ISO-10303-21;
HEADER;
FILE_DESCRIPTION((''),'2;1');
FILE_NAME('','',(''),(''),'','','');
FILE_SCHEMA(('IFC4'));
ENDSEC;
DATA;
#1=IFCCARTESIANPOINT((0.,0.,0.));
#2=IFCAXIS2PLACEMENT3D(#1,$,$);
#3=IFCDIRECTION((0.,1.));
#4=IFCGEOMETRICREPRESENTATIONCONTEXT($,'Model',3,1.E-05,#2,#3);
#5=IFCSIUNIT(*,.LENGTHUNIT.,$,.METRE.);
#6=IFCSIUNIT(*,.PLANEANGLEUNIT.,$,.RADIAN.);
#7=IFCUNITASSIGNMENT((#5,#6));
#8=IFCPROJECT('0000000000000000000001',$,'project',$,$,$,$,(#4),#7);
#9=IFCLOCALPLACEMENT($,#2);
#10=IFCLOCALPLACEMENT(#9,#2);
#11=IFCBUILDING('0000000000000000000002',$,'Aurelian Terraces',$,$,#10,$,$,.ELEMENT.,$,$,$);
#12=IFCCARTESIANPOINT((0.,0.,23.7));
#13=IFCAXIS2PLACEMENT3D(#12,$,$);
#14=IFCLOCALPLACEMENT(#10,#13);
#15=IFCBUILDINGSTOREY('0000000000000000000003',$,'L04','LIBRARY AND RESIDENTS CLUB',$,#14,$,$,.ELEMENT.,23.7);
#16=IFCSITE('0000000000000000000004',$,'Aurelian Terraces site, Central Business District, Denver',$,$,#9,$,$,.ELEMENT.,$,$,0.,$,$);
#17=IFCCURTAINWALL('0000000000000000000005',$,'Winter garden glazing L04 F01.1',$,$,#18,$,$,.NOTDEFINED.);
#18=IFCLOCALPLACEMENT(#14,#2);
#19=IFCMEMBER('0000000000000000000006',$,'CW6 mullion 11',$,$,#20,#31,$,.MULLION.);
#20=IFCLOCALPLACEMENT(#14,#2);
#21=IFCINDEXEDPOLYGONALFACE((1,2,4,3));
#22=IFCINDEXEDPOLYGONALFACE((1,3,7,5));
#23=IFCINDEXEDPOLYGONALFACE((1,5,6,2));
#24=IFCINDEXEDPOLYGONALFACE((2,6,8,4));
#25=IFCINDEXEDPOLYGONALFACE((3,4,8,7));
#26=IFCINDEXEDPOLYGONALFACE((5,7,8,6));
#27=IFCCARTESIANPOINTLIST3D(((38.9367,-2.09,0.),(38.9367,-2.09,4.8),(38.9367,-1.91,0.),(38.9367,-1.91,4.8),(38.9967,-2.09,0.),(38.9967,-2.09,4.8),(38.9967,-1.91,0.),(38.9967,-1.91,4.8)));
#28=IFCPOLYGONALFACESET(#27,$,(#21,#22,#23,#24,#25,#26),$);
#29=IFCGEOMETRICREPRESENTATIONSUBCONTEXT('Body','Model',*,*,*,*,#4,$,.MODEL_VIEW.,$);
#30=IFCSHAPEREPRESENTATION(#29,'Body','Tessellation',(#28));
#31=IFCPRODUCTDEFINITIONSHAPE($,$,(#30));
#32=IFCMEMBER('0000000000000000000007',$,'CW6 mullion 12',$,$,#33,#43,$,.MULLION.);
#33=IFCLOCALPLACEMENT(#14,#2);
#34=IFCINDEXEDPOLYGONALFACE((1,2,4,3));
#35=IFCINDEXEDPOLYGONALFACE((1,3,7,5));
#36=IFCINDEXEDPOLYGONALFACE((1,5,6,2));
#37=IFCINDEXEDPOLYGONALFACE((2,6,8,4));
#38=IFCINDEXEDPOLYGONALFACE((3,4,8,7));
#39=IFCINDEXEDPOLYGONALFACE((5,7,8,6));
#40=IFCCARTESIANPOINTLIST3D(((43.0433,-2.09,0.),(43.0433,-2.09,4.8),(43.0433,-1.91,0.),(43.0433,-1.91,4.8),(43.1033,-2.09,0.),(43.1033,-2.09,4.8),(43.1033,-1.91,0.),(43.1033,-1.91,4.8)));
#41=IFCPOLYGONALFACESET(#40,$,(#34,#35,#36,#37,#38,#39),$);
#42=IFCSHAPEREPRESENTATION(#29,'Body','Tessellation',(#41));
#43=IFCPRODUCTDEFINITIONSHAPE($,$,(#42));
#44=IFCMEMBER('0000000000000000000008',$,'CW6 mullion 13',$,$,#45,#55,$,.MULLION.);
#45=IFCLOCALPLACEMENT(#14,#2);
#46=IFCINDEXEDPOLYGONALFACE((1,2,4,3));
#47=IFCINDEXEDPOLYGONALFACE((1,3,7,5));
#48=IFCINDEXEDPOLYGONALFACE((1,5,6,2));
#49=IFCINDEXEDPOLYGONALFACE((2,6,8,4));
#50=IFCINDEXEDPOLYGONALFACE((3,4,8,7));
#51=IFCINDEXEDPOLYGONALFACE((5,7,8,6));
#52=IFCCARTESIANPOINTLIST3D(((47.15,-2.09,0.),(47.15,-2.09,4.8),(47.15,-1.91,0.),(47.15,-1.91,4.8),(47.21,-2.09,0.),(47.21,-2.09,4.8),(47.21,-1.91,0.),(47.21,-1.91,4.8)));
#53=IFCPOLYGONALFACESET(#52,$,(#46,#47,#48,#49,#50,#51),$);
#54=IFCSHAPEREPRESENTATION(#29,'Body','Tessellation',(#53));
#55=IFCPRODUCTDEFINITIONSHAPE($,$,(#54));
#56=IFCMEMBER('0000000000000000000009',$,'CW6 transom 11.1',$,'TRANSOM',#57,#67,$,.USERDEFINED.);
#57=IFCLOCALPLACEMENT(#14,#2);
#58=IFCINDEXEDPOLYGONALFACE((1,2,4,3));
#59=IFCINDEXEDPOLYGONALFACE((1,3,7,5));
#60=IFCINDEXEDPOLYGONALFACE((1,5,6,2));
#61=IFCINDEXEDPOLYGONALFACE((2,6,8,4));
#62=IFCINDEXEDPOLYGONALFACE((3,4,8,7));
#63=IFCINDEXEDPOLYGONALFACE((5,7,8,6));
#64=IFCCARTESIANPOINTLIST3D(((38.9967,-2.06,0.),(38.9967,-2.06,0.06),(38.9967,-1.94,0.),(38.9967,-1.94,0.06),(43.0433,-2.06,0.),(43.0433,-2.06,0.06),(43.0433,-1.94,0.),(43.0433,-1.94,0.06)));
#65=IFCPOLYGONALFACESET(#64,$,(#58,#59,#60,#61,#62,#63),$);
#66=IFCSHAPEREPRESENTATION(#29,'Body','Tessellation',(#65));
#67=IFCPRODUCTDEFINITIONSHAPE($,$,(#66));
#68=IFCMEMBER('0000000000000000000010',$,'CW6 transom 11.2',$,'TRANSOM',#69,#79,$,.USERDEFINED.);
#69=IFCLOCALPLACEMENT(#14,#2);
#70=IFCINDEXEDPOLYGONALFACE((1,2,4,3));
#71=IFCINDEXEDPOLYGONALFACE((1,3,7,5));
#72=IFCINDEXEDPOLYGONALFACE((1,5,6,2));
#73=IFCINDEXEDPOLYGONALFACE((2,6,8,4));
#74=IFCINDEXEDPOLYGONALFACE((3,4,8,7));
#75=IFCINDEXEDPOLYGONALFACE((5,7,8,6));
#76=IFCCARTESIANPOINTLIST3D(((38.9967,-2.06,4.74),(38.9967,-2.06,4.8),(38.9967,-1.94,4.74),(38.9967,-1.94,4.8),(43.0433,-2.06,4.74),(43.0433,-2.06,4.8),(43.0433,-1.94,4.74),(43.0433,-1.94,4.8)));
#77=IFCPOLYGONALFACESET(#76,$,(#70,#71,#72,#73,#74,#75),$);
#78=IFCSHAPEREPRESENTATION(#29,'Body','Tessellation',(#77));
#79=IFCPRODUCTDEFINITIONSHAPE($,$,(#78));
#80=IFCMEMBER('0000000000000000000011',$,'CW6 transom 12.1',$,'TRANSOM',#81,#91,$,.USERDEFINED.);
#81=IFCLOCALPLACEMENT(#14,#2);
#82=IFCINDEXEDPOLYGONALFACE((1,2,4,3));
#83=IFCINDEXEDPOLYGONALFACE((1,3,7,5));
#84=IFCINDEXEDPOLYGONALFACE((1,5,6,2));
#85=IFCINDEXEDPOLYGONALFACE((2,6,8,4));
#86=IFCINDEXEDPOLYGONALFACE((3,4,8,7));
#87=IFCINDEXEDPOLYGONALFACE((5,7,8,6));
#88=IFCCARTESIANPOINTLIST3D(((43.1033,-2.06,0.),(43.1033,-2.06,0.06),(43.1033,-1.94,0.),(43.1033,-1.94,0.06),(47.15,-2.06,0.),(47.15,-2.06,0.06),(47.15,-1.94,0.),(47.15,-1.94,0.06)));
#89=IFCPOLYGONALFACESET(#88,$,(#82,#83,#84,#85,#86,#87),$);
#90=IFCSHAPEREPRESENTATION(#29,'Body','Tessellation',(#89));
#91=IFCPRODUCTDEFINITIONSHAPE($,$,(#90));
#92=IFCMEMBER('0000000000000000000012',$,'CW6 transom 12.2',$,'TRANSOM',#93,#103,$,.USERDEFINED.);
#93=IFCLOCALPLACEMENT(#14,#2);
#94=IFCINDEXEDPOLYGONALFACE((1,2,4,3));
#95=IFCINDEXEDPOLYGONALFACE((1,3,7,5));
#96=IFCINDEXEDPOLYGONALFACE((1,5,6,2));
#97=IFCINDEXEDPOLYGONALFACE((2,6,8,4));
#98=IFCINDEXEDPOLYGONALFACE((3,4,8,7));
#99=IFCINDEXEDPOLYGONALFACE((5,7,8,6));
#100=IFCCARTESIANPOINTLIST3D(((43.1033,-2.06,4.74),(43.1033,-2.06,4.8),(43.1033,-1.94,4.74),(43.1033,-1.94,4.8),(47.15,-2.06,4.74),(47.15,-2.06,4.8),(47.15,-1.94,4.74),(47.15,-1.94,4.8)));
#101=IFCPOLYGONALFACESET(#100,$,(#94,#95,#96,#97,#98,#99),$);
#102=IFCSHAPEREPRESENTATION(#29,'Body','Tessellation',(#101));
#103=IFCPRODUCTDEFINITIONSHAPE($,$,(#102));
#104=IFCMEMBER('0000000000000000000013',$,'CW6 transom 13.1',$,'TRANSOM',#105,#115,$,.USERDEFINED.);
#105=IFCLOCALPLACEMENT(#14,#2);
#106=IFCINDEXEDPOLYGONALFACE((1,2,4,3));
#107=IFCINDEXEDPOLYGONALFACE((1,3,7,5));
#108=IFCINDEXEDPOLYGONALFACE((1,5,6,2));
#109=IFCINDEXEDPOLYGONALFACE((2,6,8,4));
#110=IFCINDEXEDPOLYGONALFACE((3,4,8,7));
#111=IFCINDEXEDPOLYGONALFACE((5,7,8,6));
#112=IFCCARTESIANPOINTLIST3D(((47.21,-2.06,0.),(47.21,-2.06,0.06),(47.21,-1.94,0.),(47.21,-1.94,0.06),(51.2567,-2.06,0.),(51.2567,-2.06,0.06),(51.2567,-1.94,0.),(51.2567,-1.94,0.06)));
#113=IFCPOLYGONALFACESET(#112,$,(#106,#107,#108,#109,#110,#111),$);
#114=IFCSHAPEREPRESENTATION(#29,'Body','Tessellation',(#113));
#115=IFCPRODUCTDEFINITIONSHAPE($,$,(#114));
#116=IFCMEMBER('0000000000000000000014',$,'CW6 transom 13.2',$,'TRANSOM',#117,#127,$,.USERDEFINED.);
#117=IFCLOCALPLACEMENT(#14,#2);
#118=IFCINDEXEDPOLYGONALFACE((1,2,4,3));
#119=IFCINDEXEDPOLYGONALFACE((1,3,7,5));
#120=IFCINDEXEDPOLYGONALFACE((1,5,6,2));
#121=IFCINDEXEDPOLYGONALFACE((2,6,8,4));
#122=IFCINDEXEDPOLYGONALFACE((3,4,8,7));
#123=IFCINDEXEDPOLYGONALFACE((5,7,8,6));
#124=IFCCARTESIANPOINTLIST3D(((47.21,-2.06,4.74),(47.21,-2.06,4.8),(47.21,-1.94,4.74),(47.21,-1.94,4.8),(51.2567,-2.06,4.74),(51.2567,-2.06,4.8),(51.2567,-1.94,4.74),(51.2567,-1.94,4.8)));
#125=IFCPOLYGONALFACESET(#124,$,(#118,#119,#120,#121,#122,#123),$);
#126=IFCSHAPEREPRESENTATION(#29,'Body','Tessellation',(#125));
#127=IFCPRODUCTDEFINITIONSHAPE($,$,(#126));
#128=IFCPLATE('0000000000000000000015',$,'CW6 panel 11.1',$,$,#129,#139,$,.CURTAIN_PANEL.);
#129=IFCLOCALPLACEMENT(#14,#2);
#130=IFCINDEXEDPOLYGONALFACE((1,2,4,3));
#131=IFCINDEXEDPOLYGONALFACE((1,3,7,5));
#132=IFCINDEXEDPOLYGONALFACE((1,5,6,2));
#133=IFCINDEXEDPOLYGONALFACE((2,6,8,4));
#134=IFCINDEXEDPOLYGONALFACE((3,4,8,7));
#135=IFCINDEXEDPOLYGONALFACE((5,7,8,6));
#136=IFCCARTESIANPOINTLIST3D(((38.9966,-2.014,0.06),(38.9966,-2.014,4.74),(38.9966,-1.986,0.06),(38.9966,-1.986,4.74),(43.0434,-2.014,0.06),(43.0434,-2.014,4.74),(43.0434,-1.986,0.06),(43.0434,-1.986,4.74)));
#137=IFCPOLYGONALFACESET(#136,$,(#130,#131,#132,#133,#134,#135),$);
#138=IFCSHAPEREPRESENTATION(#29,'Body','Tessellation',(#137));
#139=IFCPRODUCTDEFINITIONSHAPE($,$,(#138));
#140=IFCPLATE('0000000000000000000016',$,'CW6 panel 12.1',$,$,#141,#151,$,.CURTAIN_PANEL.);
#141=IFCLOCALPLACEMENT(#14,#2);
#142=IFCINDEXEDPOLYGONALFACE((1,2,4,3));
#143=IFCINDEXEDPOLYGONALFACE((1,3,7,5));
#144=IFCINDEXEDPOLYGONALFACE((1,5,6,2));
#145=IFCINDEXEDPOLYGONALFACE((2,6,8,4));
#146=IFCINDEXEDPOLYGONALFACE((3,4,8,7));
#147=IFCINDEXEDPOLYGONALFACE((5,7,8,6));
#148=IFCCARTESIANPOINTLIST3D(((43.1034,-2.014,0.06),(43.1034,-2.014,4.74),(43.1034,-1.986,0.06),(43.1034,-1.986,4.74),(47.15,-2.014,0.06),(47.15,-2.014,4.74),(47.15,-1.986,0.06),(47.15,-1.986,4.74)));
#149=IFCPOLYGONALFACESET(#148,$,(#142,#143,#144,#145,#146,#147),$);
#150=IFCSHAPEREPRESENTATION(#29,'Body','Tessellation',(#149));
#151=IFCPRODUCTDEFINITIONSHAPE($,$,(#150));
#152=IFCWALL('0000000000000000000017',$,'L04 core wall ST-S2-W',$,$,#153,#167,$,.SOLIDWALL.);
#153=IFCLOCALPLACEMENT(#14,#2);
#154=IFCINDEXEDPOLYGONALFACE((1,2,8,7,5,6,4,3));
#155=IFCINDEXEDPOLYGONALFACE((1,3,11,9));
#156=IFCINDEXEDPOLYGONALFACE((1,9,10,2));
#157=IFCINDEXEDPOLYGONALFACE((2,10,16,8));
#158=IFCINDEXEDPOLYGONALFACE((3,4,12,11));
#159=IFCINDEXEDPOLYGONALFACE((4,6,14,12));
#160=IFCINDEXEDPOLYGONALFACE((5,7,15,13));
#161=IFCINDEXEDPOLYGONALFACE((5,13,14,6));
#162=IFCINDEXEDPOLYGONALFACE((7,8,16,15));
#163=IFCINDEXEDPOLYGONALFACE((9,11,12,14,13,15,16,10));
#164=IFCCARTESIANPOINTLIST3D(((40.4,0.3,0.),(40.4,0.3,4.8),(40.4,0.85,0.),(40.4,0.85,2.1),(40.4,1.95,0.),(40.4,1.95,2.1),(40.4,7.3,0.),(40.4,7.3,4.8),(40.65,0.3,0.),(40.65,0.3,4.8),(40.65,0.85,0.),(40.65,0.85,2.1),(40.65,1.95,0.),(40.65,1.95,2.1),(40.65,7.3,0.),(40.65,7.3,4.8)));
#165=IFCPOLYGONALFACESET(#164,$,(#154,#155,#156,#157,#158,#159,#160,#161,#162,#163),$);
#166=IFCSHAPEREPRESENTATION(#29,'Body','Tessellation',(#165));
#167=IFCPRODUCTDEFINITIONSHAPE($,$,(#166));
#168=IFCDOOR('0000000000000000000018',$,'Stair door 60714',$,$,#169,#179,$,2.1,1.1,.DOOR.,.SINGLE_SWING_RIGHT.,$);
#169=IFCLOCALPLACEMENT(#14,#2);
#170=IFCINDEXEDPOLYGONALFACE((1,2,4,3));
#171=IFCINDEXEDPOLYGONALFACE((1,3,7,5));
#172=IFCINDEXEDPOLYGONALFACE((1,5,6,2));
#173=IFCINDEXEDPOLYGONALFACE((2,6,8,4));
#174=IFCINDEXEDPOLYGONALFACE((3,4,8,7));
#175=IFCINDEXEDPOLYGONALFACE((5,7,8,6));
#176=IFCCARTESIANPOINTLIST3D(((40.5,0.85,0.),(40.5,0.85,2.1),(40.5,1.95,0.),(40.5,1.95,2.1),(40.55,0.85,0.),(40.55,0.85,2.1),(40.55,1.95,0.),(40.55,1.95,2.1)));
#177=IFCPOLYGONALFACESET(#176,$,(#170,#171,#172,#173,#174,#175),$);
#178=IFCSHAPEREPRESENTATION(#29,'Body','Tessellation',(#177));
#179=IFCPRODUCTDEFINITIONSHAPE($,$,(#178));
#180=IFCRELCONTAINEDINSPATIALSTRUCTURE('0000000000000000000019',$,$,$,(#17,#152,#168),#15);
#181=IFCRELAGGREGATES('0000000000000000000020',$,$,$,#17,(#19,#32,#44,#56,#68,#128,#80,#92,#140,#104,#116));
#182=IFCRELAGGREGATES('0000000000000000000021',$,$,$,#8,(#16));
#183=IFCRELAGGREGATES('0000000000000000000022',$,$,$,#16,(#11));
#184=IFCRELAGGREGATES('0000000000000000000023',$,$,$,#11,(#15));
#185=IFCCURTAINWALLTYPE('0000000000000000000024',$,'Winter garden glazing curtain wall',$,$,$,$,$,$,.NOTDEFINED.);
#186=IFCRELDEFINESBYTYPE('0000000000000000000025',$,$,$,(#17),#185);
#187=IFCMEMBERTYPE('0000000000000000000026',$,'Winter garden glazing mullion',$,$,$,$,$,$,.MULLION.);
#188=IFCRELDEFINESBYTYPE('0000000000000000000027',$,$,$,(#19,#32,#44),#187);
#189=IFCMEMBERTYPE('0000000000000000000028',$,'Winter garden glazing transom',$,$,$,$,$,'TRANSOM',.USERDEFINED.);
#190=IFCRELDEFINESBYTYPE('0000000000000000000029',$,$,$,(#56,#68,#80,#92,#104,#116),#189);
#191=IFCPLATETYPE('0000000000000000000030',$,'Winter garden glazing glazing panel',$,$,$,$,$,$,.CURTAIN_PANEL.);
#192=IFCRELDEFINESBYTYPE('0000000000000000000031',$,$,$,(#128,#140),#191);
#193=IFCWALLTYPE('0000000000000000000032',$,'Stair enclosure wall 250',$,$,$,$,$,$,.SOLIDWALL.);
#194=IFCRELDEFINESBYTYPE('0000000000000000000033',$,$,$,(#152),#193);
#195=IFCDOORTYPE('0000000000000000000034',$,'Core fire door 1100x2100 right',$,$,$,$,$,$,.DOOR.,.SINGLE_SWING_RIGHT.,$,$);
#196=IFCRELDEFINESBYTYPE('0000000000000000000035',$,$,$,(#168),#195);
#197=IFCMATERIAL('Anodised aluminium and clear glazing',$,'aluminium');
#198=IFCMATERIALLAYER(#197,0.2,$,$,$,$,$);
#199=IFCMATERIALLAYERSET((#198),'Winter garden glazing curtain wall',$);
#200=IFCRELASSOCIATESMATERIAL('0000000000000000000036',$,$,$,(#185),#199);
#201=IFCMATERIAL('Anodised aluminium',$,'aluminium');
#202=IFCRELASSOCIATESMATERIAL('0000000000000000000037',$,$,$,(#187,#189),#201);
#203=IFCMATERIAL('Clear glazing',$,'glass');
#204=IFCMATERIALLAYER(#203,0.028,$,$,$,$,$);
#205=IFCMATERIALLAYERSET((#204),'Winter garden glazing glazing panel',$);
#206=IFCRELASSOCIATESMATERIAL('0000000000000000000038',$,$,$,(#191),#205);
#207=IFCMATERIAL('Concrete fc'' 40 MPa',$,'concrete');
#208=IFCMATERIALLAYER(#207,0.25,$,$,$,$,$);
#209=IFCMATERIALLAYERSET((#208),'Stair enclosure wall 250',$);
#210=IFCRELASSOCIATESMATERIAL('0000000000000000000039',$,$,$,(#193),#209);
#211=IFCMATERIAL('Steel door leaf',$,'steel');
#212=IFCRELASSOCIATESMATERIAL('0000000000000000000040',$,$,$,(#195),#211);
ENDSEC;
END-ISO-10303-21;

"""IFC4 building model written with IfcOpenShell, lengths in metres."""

from ifc_helpers import new_model, si_unit, direction, frame, frame_2d, origin, origin_2d, place, context, subcontext, project, spatial, rectangle, extrude, source, transform, mapped, material, layer, layer_set, material_profile, profile_set, type_object, element, fill, aggregate, save


model = new_model("IFC4")

# Units and contexts
model_context = context("Model", 3, precision=1e-05, world=origin(), true_north=direction((0.0, 1.0)))
body_context = subcontext(model_context, "Body", "Model", "MODEL_VIEW")
ifc_project = project(units=[si_unit("LENGTHUNIT", "METRE"), si_unit("PLANEANGLEUNIT", "RADIAN")], contexts=[model_context])

# Site, building, storey
site_placement = place(None, origin())
site = spatial("IfcSite", under=ifc_project, at=site_placement, Name="Aurelian Terraces site, Central Business District, Denver", CompositionType="ELEMENT", RefElevation=0.0)
building_placement = place(site_placement, origin())
building = spatial("IfcBuilding", under=site, at=building_placement, Name="Aurelian Terraces", CompositionType="ELEMENT")
storey_placement = place(building_placement, frame((0.0, 0.0, 23.7)))
storey = spatial("IfcBuildingStorey", under=building, at=storey_placement, Name="L04", Description="LIBRARY AND RESIDENTS CLUB", CompositionType="ELEMENT", Elevation=23.7)

# Curtain wall, members, plates
ifc_material_1 = material(Name="Anodised aluminium and clear glazing", Category="aluminium")
ifc_layer_1 = layer(ifc_material_1, 0.2)
ifc_layer_set_1 = layer_set([ifc_layer_1], Name="Winter garden glazing curtain wall")
curtain_wall_type = type_object("IfcCurtainWallType", Name="Winter garden glazing curtain wall", PredefinedType="NOTDEFINED", material=ifc_layer_set_1)
curtain_wall_placement = place(storey_placement, origin())
curtain_wall = element("IfcCurtainWall", 1, at=curtain_wall_placement, inside=storey, type_object=curtain_wall_type, Name="Winter garden glazing L04 F01.1", PredefinedType="NOTDEFINED")
ifc_material_2 = material(Name="Anodised aluminium", Category="aluminium")
ifc_material_profile_1 = material_profile(ifc_material_2, rectangle(XDim=0.18, YDim=0.06, at=origin_2d()))
ifc_profile_set_1 = profile_set([ifc_material_profile_1], Name="Anodised aluminium")
member_type_1 = type_object("IfcMemberType", Name="Winter garden glazing mullion", PredefinedType="MULLION", material=ifc_profile_set_1)
shared_shape_1 = source(origin(), body_context, "Body", "SweptSolid", [
    extrude(rectangle(XDim=0.18, YDim=0.06, at=origin_2d()), origin(), (0.0, 0.0, 1.0), 4.8),
])
member_1_placement = place(storey_placement, frame((38.9667, -2.0, 0.0), z_axis=(0.0, 0.0, 1.0), x_axis=(0.0, 1.0, 0.0)))
member_1 = element("IfcMember", 2, at=member_1_placement, type_object=member_type_1, Name="CW6 mullion 11", PredefinedType="MULLION", context=body_context, shape_type="MappedRepresentation", body=[
    mapped(shared_shape_1, transform((0.0, 0.0, 0.0), scale=1.0)),
])
member_2_placement = place(storey_placement, frame((43.0733, -2.0, 0.0), z_axis=(0.0, 0.0, 1.0), x_axis=(0.0, 1.0, 0.0)))
member_2 = element("IfcMember", 3, at=member_2_placement, type_object=member_type_1, Name="CW6 mullion 12", PredefinedType="MULLION", context=body_context, shape_type="MappedRepresentation", body=[
    mapped(shared_shape_1, transform((0.0, 0.0, 0.0), scale=1.0)),
])
member_3_placement = place(storey_placement, frame((47.18, -2.0, 0.0), z_axis=(0.0, 0.0, 1.0), x_axis=(0.0, 1.0, 0.0)))
member_3 = element("IfcMember", 4, at=member_3_placement, type_object=member_type_1, Name="CW6 mullion 13", PredefinedType="MULLION", context=body_context, shape_type="MappedRepresentation", body=[
    mapped(shared_shape_1, transform((0.0, 0.0, 0.0), scale=1.0)),
])
ifc_material_profile_2 = material_profile(ifc_material_2, rectangle(XDim=0.12, YDim=0.06, at=origin_2d()))
ifc_profile_set_2 = profile_set([ifc_material_profile_2], Name="Anodised aluminium")
member_type_2 = type_object("IfcMemberType", Name="Winter garden glazing transom", ElementType="TRANSOM", PredefinedType="USERDEFINED", material=ifc_profile_set_2)
shared_shape_2 = source(origin(), body_context, "Body", "SweptSolid", [
    extrude(rectangle(XDim=0.12, YDim=0.06, at=origin_2d()), origin(), (0.0, 0.0, 1.0), 4.0466),
])
member_4_placement = place(storey_placement, frame((38.9967, -2.0, 0.03), z_axis=(1.0, 0.0, 0.0), x_axis=(0.0, 1.0, 0.0)))
member_4 = element("IfcMember", 5, at=member_4_placement, type_object=member_type_2, Name="CW6 transom 11.1", ObjectType="TRANSOM", PredefinedType="USERDEFINED", context=body_context, shape_type="MappedRepresentation", body=[
    mapped(shared_shape_2, transform((0.0, 0.0, 0.0), scale=1.0)),
])
member_5_placement = place(storey_placement, frame((38.9967, -2.0, 4.77), z_axis=(1.0, 0.0, 0.0), x_axis=(0.0, 1.0, 0.0)))
member_5 = element("IfcMember", 6, at=member_5_placement, type_object=member_type_2, Name="CW6 transom 11.2", ObjectType="TRANSOM", PredefinedType="USERDEFINED", context=body_context, shape_type="MappedRepresentation", body=[
    mapped(shared_shape_2, transform((0.0, 0.0, 0.0), scale=1.0)),
])
shared_shape_3 = source(origin(), body_context, "Body", "SweptSolid", [
    extrude(rectangle(XDim=0.12, YDim=0.06, at=origin_2d()), origin(), (0.0, 0.0, 1.0), 4.0467),
])
member_6_placement = place(storey_placement, frame((43.1033, -2.0, 0.03), z_axis=(1.0, 0.0, 0.0), x_axis=(0.0, 1.0, 0.0)))
member_6 = element("IfcMember", 7, at=member_6_placement, type_object=member_type_2, Name="CW6 transom 12.1", ObjectType="TRANSOM", PredefinedType="USERDEFINED", context=body_context, shape_type="MappedRepresentation", body=[
    mapped(shared_shape_3, transform((0.0, 0.0, 0.0), scale=1.0)),
])
member_7_placement = place(storey_placement, frame((43.1033, -2.0, 4.77), z_axis=(1.0, 0.0, 0.0), x_axis=(0.0, 1.0, 0.0)))
member_7 = element("IfcMember", 8, at=member_7_placement, type_object=member_type_2, Name="CW6 transom 12.2", ObjectType="TRANSOM", PredefinedType="USERDEFINED", context=body_context, shape_type="MappedRepresentation", body=[
    mapped(shared_shape_3, transform((0.0, 0.0, 0.0), scale=1.0)),
])
member_8_placement = place(storey_placement, frame((47.21, -2.0, 0.03), z_axis=(1.0, 0.0, 0.0), x_axis=(0.0, 1.0, 0.0)))
member_8 = element("IfcMember", 9, at=member_8_placement, type_object=member_type_2, Name="CW6 transom 13.1", ObjectType="TRANSOM", PredefinedType="USERDEFINED", context=body_context, shape_type="MappedRepresentation", body=[
    mapped(shared_shape_3, transform((0.0, 0.0, 0.0), scale=1.0)),
])
member_9_placement = place(storey_placement, frame((47.21, -2.0, 4.77), z_axis=(1.0, 0.0, 0.0), x_axis=(0.0, 1.0, 0.0)))
member_9 = element("IfcMember", 10, at=member_9_placement, type_object=member_type_2, Name="CW6 transom 13.2", ObjectType="TRANSOM", PredefinedType="USERDEFINED", context=body_context, shape_type="MappedRepresentation", body=[
    mapped(shared_shape_3, transform((0.0, 0.0, 0.0), scale=1.0)),
])
ifc_material_3 = material(Name="Clear glazing", Category="glass")
ifc_layer_2 = layer(ifc_material_3, 0.028)
ifc_layer_set_2 = layer_set([ifc_layer_2], Name="Winter garden glazing glazing panel")
plate_type = type_object("IfcPlateType", Name="Winter garden glazing glazing panel", PredefinedType="CURTAIN_PANEL", material=ifc_layer_set_2)
shared_shape_4 = source(origin(), body_context, "Body", "SweptSolid", [
    extrude(rectangle(XDim=4.0467, YDim=0.028, at=origin_2d()), origin(), (0.0, 0.0, 1.0), 4.68),
])
plate_1_placement = place(storey_placement, frame((41.02, -2.0, 0.06), z_axis=(0.0, 0.0, 1.0), x_axis=(1.0, 0.0, 0.0)))
plate_1 = element("IfcPlate", 11, at=plate_1_placement, type_object=plate_type, Name="CW6 panel 11.1", PredefinedType="CURTAIN_PANEL", context=body_context, shape_type="MappedRepresentation", body=[
    mapped(shared_shape_4, transform((0.0, 0.0, 0.0), scale=1.0)),
])
plate_2_placement = place(storey_placement, frame((45.1267, -2.0, 0.06), z_axis=(0.0, 0.0, 1.0), x_axis=(1.0, 0.0, 0.0)))
plate_2 = element("IfcPlate", 12, at=plate_2_placement, type_object=plate_type, Name="CW6 panel 12.1", PredefinedType="CURTAIN_PANEL", context=body_context, shape_type="MappedRepresentation", body=[
    mapped(shared_shape_4, transform((0.0, 0.0, 0.0), scale=1.0)),
])
aggregate(curtain_wall, [member_1, member_2, member_3, member_4, member_5, plate_1, member_6, member_7, plate_2, member_8, member_9])

# Wall, opening, door
ifc_material_4 = material(Name="Concrete fc' 40 MPa", Category="concrete")
ifc_layer_3 = layer(ifc_material_4, 0.25)
ifc_layer_set_3 = layer_set([ifc_layer_3], Name="Stair enclosure wall 250")
wall_type_1 = type_object("IfcWallType", Name="Stair enclosure wall 250", PredefinedType="SOLIDWALL", material=ifc_layer_set_3)
shared_shape_5 = source(origin(), body_context, "Body", "SweptSolid", [
    extrude(rectangle(XDim=7.0, YDim=0.25, at=frame_2d((3.5, 0.0))), origin(), (0.0, 0.0, 1.0), 4.8),
])
wall_1_placement = place(storey_placement, frame((40.525, 0.3, 0.0), z_axis=(0.0, 0.0, 1.0), x_axis=(0.0, 1.0, 0.0)))
wall_1 = element("IfcWall", 13, at=wall_1_placement, inside=storey, type_object=wall_type_1, Name="L04 core wall ST-S2-W", PredefinedType="SOLIDWALL", context=body_context, shape_type="MappedRepresentation", body=[
    mapped(shared_shape_5, transform((0.0, 0.0, 0.0), scale=1.0)),
])
shared_shape_6 = source(origin(), body_context, "Body", "SweptSolid", [
    extrude(rectangle(XDim=1.1, YDim=2.1, at=frame_2d((0.55, 1.05))), frame((0.0, 0.135, 0.0), z_axis=(0.0, -1.0, 0.0), x_axis=(1.0, 0.0, 0.0)), (0.0, 0.0, 1.0), 0.27),
])
opening_1_placement = place(wall_1_placement, frame((0.55, 0.0, 0.0)))
opening_1 = element("IfcOpeningElement", 14, at=opening_1_placement, cuts=wall_1, PredefinedType="OPENING", context=body_context, shape_type="MappedRepresentation", body=[
    mapped(shared_shape_6, transform((0.0, 0.0, 0.0), scale=1.0)),
])
ifc_material_5 = material(Name="Steel door leaf", Category="steel")
door_type_1 = type_object("IfcDoorType", Name="Core fire door 1100x2100 right", OperationType="SINGLE_SWING_RIGHT", PredefinedType="DOOR", material=ifc_material_5)
shared_shape_7 = source(origin(), body_context, "Body", "SweptSolid", [
    extrude(rectangle(XDim=1.1, YDim=2.1, at=frame_2d((0.55, 1.05))), frame((0.0, 0.025, 0.0), z_axis=(0.0, -1.0, 0.0), x_axis=(1.0, 0.0, 0.0)), (0.0, 0.0, 1.0), 0.05),
])
door_1_placement = place(opening_1_placement, origin())
door_1 = element("IfcDoor", 15, at=door_1_placement, inside=storey, type_object=door_type_1, Name="Stair door 60714", OperationType="SINGLE_SWING_RIGHT", OverallHeight=2.1, OverallWidth=1.1, PredefinedType="DOOR", context=body_context, shape_type="MappedRepresentation", body=[
    mapped(shared_shape_7, transform((0.0, 0.0, 0.0), scale=1.0)),
])
fill(opening_1, door_1)

save(model, "model.ifc")
